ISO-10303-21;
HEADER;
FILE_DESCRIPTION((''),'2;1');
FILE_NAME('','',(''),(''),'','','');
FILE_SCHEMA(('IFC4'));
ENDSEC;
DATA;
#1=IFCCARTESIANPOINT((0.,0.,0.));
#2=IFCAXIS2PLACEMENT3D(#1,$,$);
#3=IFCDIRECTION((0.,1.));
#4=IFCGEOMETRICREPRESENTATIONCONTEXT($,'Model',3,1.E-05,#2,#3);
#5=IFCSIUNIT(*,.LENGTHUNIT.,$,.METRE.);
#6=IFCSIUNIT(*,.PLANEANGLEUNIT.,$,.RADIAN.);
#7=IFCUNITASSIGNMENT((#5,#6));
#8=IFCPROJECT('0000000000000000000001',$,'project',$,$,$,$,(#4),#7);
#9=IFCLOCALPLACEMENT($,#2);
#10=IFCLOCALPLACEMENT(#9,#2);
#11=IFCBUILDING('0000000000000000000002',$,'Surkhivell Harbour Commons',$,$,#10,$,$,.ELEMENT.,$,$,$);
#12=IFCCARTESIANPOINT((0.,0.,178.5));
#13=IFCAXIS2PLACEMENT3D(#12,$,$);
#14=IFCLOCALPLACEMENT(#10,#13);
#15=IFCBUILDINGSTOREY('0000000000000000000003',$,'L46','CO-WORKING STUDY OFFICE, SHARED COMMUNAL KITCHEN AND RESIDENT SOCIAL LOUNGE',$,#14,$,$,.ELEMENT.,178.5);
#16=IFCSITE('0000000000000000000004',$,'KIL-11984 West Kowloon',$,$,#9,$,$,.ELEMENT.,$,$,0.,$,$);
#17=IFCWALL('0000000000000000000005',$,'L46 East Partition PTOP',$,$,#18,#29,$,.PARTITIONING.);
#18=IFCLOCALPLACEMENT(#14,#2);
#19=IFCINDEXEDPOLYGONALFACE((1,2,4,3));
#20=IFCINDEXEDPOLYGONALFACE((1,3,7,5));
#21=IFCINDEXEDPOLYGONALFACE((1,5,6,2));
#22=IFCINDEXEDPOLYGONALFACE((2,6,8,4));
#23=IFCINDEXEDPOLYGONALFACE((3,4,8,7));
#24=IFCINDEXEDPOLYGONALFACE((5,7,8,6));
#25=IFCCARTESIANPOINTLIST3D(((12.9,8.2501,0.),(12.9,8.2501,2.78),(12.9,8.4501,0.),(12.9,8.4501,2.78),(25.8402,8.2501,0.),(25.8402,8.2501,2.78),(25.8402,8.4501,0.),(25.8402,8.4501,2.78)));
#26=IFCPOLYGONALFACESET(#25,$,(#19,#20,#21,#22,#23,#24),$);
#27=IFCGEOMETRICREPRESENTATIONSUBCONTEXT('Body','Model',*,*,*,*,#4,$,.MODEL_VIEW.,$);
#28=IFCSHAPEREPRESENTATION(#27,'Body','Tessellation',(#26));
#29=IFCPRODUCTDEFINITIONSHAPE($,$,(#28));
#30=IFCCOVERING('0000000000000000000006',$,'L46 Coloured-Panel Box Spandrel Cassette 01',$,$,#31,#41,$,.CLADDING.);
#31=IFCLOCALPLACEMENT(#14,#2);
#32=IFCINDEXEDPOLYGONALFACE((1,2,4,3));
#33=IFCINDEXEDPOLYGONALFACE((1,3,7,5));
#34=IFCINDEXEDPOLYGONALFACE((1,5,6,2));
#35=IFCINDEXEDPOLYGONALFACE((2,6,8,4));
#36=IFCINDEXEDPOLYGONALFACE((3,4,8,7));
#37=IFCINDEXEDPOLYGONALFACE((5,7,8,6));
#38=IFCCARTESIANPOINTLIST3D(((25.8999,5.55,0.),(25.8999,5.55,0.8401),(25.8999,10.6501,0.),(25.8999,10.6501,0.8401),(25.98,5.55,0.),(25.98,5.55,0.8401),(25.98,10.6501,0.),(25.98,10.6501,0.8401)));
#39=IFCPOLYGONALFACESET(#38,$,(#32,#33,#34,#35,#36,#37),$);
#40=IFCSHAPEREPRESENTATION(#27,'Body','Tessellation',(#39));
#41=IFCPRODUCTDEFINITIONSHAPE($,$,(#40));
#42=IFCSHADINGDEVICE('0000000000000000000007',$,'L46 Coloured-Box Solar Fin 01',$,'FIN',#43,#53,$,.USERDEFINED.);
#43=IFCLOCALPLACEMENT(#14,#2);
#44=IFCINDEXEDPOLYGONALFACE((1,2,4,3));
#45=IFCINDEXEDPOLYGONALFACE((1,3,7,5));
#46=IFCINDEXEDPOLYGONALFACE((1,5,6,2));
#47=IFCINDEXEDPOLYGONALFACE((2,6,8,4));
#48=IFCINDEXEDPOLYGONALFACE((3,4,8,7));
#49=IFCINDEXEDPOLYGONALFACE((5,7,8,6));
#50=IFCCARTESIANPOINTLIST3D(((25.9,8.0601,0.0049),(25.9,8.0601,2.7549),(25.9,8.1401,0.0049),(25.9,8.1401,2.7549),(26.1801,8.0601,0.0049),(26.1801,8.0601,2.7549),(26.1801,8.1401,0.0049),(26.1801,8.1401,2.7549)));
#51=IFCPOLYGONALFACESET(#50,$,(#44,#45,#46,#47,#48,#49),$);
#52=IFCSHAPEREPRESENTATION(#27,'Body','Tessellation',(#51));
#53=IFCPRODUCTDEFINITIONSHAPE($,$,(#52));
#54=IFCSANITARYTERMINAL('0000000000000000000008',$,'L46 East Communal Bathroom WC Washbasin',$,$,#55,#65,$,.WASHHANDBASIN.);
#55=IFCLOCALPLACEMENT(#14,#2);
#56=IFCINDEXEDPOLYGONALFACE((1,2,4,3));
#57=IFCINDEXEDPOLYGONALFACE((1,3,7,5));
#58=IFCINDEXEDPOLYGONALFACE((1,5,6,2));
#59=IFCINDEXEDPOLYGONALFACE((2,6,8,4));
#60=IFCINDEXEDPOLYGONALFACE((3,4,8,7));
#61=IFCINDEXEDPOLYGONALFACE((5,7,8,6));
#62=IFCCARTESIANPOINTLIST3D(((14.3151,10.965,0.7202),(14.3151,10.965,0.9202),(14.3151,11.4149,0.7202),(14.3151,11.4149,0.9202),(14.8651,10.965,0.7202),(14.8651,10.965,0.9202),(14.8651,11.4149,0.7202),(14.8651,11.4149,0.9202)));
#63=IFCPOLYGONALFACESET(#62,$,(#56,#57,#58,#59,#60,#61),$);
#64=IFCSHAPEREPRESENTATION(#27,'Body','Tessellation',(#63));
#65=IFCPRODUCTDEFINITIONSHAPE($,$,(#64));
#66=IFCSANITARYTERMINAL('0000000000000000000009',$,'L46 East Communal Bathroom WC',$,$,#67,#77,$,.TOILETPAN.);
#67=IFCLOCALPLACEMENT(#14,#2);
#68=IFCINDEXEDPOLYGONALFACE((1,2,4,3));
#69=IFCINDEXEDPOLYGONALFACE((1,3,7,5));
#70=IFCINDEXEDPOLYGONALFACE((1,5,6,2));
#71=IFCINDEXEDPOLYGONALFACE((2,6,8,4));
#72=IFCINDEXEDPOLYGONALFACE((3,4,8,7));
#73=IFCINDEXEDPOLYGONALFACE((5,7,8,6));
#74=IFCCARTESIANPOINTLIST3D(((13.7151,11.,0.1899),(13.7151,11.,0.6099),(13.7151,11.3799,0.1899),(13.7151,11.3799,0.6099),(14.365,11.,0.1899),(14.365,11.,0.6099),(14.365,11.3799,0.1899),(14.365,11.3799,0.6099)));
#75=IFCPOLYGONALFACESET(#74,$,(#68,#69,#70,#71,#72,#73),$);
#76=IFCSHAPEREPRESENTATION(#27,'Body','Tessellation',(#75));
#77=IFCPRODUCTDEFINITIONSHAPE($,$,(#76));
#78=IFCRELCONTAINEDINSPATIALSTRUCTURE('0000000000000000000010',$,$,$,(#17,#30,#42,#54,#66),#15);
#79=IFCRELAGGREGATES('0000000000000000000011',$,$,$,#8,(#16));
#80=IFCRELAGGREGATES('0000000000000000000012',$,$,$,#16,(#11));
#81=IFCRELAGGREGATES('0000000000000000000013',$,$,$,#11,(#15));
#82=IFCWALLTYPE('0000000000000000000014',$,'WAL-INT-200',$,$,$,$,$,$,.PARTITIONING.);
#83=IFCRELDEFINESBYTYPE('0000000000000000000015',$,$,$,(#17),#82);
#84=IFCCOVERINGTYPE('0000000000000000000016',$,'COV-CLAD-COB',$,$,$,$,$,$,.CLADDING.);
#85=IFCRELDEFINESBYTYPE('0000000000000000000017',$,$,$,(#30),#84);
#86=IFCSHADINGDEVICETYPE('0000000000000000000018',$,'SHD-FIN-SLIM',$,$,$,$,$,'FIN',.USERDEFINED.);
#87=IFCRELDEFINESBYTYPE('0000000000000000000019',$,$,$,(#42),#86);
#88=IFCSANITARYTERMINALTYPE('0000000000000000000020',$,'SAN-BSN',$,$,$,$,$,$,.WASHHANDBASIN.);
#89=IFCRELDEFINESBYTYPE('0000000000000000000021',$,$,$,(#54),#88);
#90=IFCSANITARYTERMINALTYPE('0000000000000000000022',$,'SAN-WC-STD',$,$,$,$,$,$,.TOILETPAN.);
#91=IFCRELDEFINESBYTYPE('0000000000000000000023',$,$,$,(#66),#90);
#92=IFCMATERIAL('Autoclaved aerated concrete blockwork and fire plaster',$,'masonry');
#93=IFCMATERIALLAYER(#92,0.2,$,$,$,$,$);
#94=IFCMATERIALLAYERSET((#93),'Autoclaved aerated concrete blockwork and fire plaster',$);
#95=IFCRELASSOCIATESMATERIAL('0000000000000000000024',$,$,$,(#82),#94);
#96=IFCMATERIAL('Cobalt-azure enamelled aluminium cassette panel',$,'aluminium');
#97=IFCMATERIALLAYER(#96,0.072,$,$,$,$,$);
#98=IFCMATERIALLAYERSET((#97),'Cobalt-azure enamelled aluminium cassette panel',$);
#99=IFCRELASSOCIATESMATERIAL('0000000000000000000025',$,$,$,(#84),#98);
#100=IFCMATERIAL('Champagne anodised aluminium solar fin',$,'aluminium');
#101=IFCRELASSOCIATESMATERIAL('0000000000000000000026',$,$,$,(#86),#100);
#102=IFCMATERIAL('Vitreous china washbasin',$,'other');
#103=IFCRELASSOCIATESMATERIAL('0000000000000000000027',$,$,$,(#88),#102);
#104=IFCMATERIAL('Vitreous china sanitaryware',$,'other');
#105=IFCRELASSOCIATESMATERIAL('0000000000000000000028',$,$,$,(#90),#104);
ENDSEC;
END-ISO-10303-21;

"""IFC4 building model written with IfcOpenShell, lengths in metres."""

from ifc_helpers import new_model, si_unit, direction, frame, frame_2d, origin, origin_2d, place, context, subcontext, project, spatial, rectangle, extrude, material, layer, layer_set, type_object, element, save


model = new_model("IFC4")

# Units and contexts
model_context = context("Model", 3, precision=1e-05, world=origin(), true_north=direction((0.0, 1.0)))
body_context = subcontext(model_context, "Body", "Model", "MODEL_VIEW")
ifc_project = project(units=[si_unit("LENGTHUNIT", "METRE"), si_unit("PLANEANGLEUNIT", "RADIAN")], contexts=[model_context])

# Site, building, storey
site_placement = place(None, origin())
site = spatial("IfcSite", under=ifc_project, at=site_placement, Name="KIL-11984 West Kowloon", CompositionType="ELEMENT", RefElevation=0.0)
building_placement = place(site_placement, origin())
building = spatial("IfcBuilding", under=site, at=building_placement, Name="Surkhivell Harbour Commons", CompositionType="ELEMENT")
storey_placement = place(building_placement, frame((0.0, 0.0, 178.5)))
storey = spatial("IfcBuildingStorey", under=building, at=storey_placement, Name="L46", Description="CO-WORKING STUDY OFFICE, SHARED COMMUNAL KITCHEN AND RESIDENT SOCIAL LOUNGE", CompositionType="ELEMENT", Elevation=178.5)

# Wall
ifc_material_1 = material(Name="Autoclaved aerated concrete blockwork and fire plaster", Category="masonry")
ifc_layer_1 = layer(ifc_material_1, 0.2)
ifc_layer_set_1 = layer_set([ifc_layer_1], Name="Autoclaved aerated concrete blockwork and fire plaster")
wall_type_1 = type_object("IfcWallType", Name="WAL-INT-200", PredefinedType="PARTITIONING", material=ifc_layer_set_1)
wall_1_placement = place(storey_placement, frame((12.8999, 8.3501, 0.0), z_axis=(0.0, 0.0, 1.0), x_axis=(1.0, 0.0, 0.0)))
element("IfcWall", 1, at=wall_1_placement, inside=storey, type_object=wall_type_1, Name="L46 East Partition PTOP", PredefinedType="PARTITIONING", context=body_context, shape_type="SweptSolid", body=[
    extrude(rectangle(XDim=12.9402, YDim=0.2, at=frame_2d((6.4702, 0.0))), origin(), (0.0, 0.0, 1.0), 2.78),
])

# Covering
ifc_material_2 = material(Name="Cobalt-azure enamelled aluminium cassette panel", Category="aluminium")
ifc_layer_2 = layer(ifc_material_2, 0.072)
ifc_layer_set_2 = layer_set([ifc_layer_2], Name="Cobalt-azure enamelled aluminium cassette panel")
covering_type = type_object("IfcCoveringType", Name="COV-CLAD-COB", PredefinedType="CLADDING", material=ifc_layer_set_2)
covering_placement = place(storey_placement, frame((25.9399, 8.1001, 0.0), z_axis=(0.0, 0.0, 1.0), x_axis=(1.0, 0.0, 0.0)))
element("IfcCovering", 2, at=covering_placement, inside=storey, type_object=covering_type, Name="L46 Coloured-Panel Box Spandrel Cassette 01", PredefinedType="CLADDING", context=body_context, shape_type="SweptSolid", body=[
    extrude(rectangle(XDim=0.0801, YDim=5.1001, at=origin_2d()), origin(), (0.0, 0.0, 1.0), 0.8401),
])

# Shading device
ifc_material_3 = material(Name="Champagne anodised aluminium solar fin", Category="aluminium")
shading_device_type = type_object("IfcShadingDeviceType", Name="SHD-FIN-SLIM", ElementType="FIN", PredefinedType="USERDEFINED", material=ifc_material_3)
shading_device_placement = place(storey_placement, frame((26.04, 8.1001, 0.0049), z_axis=(0.0, 0.0, 1.0), x_axis=(1.0, 0.0, 0.0)))
element("IfcShadingDevice", 3, at=shading_device_placement, inside=storey, type_object=shading_device_type, Name="L46 Coloured-Box Solar Fin 01", ObjectType="FIN", PredefinedType="USERDEFINED", context=body_context, shape_type="SweptSolid", body=[
    extrude(rectangle(XDim=0.28, YDim=0.0801, at=origin_2d()), origin(), (0.0, 0.0, 1.0), 2.75),
])

# Sanitary terminals
ifc_material_4 = material(Name="Vitreous china washbasin", Category="other")
sanitary_terminal_type_1 = type_object("IfcSanitaryTerminalType", Name="SAN-BSN", PredefinedType="WASHHANDBASIN", material=ifc_material_4)
sanitary_terminal_1_placement = place(storey_placement, frame((14.5901, 11.1899, 0.7202), z_axis=(0.0, 0.0, 1.0), x_axis=(1.0, 0.0, 0.0)))
element("IfcSanitaryTerminal", 4, at=sanitary_terminal_1_placement, inside=storey, type_object=sanitary_terminal_type_1, Name="L46 East Communal Bathroom WC Washbasin", PredefinedType="WASHHANDBASIN", context=body_context, shape_type="SweptSolid", body=[
    extrude(rectangle(XDim=0.55, YDim=0.45, at=origin_2d()), origin(), (0.0, 0.0, 1.0), 0.2),
])
ifc_material_5 = material(Name="Vitreous china sanitaryware", Category="other")
sanitary_terminal_type_2 = type_object("IfcSanitaryTerminalType", Name="SAN-WC-STD", PredefinedType="TOILETPAN", material=ifc_material_5)
sanitary_terminal_2_placement = place(storey_placement, frame((14.04, 11.1899, 0.1899), z_axis=(0.0, 0.0, 1.0), x_axis=(1.0, 0.0, 0.0)))
element("IfcSanitaryTerminal", 5, at=sanitary_terminal_2_placement, inside=storey, type_object=sanitary_terminal_type_2, Name="L46 East Communal Bathroom WC", PredefinedType="TOILETPAN", context=body_context, shape_type="SweptSolid", body=[
    extrude(rectangle(XDim=0.6499, YDim=0.3799, at=origin_2d()), origin(), (0.0, 0.0, 1.0), 0.4199),
])

save(model, "model.ifc")
